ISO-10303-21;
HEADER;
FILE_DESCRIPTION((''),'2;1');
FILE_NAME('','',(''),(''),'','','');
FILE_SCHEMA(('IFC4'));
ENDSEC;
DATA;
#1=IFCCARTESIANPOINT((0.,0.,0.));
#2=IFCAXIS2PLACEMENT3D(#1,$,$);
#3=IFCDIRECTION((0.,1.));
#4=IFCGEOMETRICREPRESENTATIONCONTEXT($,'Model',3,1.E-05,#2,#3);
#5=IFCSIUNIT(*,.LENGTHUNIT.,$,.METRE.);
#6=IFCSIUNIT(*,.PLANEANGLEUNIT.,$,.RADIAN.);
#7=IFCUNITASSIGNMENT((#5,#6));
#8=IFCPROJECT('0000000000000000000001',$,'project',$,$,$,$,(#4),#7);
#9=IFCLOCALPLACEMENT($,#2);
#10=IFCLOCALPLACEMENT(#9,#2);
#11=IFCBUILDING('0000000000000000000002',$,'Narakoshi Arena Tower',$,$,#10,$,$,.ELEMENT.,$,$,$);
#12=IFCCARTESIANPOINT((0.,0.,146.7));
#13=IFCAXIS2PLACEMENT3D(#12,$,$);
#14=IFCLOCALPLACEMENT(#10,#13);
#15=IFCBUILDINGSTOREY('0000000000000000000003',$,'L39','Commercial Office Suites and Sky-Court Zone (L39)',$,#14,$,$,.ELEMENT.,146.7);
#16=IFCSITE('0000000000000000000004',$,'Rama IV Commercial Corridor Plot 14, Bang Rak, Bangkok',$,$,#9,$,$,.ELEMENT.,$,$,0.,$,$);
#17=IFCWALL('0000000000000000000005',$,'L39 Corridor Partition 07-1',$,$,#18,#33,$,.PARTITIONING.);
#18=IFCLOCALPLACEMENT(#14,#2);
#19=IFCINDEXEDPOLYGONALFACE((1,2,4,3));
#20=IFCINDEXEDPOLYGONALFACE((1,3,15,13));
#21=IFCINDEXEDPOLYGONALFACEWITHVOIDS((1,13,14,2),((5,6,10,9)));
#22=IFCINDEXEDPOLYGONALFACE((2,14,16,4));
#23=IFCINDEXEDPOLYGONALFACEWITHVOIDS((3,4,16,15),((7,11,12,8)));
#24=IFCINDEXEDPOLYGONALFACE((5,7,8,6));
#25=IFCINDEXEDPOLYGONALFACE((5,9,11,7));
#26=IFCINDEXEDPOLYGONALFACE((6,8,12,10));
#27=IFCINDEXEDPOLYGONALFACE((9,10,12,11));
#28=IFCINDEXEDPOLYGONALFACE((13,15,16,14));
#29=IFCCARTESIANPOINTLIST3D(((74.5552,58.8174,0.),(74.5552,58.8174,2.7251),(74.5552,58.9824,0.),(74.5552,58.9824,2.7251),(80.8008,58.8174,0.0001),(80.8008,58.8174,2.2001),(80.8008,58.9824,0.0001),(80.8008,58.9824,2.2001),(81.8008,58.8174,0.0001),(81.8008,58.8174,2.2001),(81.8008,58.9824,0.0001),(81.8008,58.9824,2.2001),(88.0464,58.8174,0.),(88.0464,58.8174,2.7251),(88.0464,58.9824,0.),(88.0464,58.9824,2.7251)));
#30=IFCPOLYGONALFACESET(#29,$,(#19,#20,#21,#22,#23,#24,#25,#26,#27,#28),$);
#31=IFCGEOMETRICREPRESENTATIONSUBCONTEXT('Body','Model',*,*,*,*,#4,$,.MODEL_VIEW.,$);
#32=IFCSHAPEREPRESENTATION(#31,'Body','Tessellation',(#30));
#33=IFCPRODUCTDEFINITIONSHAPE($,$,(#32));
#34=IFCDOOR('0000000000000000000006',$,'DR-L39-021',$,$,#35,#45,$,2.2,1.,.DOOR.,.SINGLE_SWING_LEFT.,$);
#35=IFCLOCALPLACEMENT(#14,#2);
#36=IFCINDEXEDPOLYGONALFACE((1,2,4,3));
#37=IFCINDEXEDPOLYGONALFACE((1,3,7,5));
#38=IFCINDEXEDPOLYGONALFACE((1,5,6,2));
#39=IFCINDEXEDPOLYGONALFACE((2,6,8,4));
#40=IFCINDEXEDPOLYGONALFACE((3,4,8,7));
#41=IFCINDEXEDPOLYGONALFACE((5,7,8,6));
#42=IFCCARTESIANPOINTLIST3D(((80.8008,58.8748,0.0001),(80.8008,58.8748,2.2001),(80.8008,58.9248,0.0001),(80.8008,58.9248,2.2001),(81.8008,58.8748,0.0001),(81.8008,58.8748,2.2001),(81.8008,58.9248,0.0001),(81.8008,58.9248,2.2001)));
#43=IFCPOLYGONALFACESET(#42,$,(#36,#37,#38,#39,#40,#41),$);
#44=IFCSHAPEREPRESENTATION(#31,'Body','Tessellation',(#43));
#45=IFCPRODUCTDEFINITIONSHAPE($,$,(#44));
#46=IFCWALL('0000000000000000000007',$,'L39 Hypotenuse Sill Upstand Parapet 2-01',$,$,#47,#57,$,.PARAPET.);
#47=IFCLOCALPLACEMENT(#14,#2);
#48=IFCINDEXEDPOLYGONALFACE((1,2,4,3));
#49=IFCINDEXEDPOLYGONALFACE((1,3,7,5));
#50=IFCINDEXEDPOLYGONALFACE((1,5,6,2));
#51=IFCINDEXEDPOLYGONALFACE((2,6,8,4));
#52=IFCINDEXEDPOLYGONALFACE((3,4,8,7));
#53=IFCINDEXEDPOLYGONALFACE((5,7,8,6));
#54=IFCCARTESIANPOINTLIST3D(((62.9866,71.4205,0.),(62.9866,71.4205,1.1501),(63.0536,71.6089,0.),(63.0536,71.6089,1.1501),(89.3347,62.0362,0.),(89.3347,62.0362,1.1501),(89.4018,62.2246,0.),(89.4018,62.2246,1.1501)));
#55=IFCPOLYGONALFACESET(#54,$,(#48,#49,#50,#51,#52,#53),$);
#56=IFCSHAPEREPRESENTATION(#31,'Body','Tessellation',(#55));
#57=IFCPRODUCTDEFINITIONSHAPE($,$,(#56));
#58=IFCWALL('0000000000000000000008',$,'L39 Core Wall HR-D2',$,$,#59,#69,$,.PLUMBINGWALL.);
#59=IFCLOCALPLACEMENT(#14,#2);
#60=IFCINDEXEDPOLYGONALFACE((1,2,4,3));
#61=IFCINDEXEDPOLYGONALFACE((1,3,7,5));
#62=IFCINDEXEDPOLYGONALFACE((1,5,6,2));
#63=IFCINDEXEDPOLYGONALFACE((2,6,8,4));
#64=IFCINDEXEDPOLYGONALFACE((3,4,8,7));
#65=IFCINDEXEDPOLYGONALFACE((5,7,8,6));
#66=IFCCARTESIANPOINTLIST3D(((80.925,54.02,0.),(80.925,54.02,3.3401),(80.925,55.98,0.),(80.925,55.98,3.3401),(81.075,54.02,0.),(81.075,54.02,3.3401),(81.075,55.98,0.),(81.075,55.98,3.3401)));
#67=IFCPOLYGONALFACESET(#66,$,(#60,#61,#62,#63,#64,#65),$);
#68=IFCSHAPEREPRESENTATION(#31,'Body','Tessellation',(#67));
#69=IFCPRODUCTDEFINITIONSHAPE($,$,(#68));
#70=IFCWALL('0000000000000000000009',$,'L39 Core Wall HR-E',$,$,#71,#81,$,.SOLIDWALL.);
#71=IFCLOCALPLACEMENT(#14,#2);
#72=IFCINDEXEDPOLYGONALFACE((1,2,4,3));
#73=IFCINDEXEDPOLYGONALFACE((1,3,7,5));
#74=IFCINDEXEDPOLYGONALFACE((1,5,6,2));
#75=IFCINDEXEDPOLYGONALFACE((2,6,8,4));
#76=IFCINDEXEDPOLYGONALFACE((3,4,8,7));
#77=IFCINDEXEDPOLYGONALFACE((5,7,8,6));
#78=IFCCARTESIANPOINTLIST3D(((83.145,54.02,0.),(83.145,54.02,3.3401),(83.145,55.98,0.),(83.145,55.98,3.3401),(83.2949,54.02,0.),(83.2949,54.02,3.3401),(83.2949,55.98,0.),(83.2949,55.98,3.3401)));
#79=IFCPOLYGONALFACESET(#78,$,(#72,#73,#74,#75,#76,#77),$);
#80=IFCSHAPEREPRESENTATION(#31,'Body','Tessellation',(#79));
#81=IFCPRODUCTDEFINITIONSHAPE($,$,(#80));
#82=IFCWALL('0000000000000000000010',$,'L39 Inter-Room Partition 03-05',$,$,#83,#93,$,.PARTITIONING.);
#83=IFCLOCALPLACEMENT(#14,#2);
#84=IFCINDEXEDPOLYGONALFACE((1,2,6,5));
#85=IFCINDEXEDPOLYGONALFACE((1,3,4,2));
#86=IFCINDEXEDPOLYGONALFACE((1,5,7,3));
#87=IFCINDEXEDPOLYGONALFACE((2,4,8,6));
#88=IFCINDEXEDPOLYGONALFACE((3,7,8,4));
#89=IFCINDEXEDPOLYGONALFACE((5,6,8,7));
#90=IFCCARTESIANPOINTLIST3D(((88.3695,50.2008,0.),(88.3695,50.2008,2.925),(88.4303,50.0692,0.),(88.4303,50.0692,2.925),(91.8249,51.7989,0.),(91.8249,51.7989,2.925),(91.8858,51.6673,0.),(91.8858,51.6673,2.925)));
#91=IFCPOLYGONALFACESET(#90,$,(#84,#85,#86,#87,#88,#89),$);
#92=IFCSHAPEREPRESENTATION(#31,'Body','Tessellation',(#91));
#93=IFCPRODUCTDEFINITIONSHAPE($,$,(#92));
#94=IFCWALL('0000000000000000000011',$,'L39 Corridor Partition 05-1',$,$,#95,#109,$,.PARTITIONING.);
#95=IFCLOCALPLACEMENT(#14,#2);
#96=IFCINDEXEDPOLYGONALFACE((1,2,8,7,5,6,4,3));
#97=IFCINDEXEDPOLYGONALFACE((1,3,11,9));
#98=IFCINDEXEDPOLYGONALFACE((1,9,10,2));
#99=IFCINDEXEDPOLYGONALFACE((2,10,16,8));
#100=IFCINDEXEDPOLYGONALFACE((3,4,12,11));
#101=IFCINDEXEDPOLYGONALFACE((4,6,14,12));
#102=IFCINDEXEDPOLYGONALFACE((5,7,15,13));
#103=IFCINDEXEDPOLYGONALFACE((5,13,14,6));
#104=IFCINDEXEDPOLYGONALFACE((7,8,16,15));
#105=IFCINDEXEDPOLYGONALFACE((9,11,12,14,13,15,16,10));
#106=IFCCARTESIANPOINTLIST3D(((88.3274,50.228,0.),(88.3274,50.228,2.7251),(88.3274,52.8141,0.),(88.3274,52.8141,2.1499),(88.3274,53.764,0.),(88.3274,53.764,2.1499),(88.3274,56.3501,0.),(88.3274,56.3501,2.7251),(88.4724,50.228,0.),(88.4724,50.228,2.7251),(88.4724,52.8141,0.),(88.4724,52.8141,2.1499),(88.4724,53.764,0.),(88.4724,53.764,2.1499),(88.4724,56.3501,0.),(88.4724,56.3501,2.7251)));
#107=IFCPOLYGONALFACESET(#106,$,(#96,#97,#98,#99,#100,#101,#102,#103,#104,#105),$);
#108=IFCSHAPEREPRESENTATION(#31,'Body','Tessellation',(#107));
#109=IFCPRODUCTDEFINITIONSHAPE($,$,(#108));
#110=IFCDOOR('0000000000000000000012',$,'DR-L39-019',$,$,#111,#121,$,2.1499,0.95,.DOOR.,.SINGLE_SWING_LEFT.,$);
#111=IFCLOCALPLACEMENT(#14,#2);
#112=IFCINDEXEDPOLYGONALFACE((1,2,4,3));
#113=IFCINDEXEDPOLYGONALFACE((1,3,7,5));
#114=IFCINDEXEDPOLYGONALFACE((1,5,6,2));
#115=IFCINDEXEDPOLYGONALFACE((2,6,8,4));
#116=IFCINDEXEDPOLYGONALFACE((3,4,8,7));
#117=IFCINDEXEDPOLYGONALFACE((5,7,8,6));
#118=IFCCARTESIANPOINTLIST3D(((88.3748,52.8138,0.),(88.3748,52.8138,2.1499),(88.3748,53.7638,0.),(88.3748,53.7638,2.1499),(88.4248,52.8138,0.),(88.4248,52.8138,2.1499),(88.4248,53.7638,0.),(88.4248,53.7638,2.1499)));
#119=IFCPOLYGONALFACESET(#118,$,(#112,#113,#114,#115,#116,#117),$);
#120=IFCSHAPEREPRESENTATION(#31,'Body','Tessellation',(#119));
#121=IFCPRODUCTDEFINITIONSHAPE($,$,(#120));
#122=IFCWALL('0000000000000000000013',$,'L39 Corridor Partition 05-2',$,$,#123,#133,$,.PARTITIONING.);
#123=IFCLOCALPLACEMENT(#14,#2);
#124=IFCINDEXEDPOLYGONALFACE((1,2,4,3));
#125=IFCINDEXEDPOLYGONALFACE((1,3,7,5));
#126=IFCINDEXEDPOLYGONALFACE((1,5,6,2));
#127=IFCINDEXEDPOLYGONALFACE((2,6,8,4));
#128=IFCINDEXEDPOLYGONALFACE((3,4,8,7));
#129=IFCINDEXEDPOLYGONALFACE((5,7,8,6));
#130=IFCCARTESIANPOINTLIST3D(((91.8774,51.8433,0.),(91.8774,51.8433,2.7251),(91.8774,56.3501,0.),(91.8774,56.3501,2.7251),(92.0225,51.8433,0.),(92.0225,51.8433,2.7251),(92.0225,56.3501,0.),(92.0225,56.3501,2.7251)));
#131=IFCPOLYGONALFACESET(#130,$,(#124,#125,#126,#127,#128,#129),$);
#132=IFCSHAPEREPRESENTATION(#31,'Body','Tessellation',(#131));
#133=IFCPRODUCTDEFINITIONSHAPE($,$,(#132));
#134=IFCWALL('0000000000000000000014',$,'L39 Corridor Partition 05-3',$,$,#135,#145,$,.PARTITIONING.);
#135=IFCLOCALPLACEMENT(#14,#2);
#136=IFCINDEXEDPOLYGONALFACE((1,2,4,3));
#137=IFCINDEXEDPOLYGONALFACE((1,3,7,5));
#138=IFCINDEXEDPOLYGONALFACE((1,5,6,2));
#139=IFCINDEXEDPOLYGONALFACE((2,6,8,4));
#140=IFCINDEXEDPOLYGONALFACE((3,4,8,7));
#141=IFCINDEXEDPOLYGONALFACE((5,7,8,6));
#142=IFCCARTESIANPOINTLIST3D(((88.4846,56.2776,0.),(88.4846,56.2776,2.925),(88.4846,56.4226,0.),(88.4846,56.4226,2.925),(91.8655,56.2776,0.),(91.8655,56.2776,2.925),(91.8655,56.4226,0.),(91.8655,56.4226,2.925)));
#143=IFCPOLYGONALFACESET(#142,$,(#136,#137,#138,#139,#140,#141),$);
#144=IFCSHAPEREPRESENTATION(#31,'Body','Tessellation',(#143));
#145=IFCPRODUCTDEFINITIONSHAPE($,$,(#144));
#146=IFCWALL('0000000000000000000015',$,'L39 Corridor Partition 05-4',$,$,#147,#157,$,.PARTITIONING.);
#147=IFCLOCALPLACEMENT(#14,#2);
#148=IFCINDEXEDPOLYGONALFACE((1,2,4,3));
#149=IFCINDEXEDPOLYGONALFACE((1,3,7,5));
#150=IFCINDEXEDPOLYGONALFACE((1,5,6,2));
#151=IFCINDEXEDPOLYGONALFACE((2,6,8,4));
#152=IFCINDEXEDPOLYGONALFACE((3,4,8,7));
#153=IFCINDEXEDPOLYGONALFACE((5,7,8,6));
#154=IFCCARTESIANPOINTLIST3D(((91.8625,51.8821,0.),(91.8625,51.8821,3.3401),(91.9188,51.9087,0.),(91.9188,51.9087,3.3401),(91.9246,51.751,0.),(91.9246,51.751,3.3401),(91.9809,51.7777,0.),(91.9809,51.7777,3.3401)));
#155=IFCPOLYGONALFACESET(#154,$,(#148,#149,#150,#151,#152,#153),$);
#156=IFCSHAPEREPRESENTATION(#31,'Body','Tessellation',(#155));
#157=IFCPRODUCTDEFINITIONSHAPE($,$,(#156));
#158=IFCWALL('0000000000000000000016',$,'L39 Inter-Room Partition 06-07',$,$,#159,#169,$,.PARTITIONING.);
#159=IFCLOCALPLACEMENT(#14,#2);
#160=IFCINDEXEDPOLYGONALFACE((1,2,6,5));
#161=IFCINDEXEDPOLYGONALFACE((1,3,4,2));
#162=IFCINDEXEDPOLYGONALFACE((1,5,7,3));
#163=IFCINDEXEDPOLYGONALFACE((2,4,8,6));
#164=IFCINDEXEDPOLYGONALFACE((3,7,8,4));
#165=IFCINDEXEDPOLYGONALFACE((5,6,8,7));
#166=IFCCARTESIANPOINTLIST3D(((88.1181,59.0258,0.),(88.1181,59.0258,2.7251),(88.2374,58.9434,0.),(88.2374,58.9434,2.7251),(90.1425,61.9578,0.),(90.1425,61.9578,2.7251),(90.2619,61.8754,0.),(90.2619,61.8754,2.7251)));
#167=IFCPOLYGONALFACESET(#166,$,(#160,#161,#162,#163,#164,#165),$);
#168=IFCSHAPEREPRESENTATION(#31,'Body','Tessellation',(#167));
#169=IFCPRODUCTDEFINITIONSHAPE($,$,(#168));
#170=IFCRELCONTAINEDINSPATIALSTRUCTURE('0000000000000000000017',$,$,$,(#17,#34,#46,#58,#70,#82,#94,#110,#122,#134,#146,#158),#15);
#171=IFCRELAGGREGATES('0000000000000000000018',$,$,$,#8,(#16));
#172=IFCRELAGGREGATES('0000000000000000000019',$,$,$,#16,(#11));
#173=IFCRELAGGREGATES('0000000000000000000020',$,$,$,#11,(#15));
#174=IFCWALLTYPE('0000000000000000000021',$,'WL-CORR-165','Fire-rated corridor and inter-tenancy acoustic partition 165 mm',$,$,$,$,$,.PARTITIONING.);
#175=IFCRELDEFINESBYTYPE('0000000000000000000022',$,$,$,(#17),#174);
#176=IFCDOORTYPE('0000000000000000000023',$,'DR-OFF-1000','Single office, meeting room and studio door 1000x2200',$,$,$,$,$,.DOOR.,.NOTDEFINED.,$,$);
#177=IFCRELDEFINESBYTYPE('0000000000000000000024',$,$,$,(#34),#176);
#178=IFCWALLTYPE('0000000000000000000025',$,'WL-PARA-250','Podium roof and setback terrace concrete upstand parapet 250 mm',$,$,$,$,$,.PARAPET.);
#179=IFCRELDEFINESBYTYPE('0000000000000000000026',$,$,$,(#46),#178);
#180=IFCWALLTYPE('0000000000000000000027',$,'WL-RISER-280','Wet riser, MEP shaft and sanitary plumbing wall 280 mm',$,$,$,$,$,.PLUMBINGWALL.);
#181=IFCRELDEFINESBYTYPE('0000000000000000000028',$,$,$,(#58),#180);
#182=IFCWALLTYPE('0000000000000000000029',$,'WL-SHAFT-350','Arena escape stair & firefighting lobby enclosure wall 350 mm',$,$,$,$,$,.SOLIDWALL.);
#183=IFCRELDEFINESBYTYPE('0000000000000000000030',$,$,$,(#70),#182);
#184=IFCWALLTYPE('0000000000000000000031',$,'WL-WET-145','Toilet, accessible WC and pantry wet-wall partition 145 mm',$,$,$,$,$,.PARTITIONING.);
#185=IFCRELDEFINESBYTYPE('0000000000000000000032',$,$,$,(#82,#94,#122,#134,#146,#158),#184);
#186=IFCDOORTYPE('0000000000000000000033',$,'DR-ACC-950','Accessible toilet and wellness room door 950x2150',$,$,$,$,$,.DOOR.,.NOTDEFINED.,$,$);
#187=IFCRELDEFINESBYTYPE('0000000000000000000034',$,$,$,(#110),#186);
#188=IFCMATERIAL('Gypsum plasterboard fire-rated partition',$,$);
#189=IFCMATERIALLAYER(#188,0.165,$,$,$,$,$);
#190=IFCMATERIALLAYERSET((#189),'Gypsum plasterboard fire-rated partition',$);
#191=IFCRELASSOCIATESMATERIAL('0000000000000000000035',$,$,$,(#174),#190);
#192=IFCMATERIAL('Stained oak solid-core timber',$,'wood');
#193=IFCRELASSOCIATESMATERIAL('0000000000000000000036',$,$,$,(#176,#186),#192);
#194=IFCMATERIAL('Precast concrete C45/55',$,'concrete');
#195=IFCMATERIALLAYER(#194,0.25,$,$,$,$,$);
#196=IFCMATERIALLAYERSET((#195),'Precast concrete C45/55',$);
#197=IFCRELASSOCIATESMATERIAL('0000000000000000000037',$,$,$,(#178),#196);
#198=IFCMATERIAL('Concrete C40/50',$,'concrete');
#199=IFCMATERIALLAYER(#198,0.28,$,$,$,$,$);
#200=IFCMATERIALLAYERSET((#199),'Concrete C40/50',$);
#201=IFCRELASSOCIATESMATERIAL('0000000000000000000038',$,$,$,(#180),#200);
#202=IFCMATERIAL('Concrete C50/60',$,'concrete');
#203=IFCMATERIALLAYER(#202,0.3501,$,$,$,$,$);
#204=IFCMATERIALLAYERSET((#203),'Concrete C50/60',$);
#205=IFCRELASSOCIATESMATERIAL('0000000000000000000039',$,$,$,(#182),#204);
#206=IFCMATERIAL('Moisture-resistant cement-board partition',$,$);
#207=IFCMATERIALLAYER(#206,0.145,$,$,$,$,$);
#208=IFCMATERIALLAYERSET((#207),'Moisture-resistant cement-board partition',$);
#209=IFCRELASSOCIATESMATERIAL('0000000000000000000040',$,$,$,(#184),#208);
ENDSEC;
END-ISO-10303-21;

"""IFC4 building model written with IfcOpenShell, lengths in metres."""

from ifc_helpers import new_model, si_unit, direction, frame, frame_2d, origin, place, context, subcontext, project, spatial, rectangle, extrude, material, layer, layer_set, type_object, element, fill, save


model = new_model("IFC4")

# Units and contexts
model_context = context("Model", 3, precision=1e-05, world=origin(), true_north=direction((0.0, 1.0)))
body_context = subcontext(model_context, "Body", "Model", "MODEL_VIEW")
ifc_project = project(units=[si_unit("LENGTHUNIT", "METRE"), si_unit("PLANEANGLEUNIT", "RADIAN")], contexts=[model_context])

# Site, building, storey
site_placement = place(None, origin())
site = spatial("IfcSite", under=ifc_project, at=site_placement, Name="Rama IV Commercial Corridor Plot 14, Bang Rak, Bangkok", CompositionType="ELEMENT", RefElevation=0.0)
building_placement = place(site_placement, origin())
building = spatial("IfcBuilding", under=site, at=building_placement, Name="Narakoshi Arena Tower", CompositionType="ELEMENT")
storey_placement = place(building_placement, frame((0.0, 0.0, 146.7)))
storey = spatial("IfcBuildingStorey", under=building, at=storey_placement, Name="L39", Description="Commercial Office Suites and Sky-Court Zone (L39)", CompositionType="ELEMENT", Elevation=146.7)

# Wall, opening, door
ifc_material_1 = material(Name="Gypsum plasterboard fire-rated partition")
ifc_layer_1 = layer(ifc_material_1, 0.165)
ifc_layer_set_1 = layer_set([ifc_layer_1], Name="Gypsum plasterboard fire-rated partition")
wall_type_1 = type_object("IfcWallType", Name="WL-CORR-165", Description="Fire-rated corridor and inter-tenancy acoustic partition 165 mm", PredefinedType="PARTITIONING", material=ifc_layer_set_1)
ifc_material_2 = material(Name="Stained oak solid-core timber", Category="wood")
wall_1_placement = place(storey_placement, frame((88.0464, 58.8999, 0.0), z_axis=(0.0, 0.0, 1.0), x_axis=(-1.0, 0.0, 0.0)))
wall_1 = element("IfcWall", 1, at=wall_1_placement, inside=storey, type_object=wall_type_1, Name="L39 Corridor Partition 07-1", PredefinedType="PARTITIONING", context=body_context, shape_type="SweptSolid", body=[
    extrude(rectangle(XDim=13.4912, YDim=0.165, at=frame_2d((6.7456, 0.0))), origin(), (0.0, 0.0, 1.0), 2.7251),
])
opening_1_placement = place(wall_1_placement, frame((6.2456, 0.0, 0.0)))
opening_1 = element("IfcOpeningElement", 2, at=opening_1_placement, cuts=wall_1, PredefinedType="OPENING", context=body_context, shape_type="SweptSolid", body=[
    extrude(rectangle(XDim=1.0, YDim=2.2, at=frame_2d((0.5, 1.1001))), frame((0.0, 0.0925, 0.0), z_axis=(0.0, -1.0, 0.0), x_axis=(1.0, 0.0, 0.0)), (0.0, 0.0, 1.0), 0.1851),
])
door_type_1 = type_object("IfcDoorType", Name="DR-OFF-1000", Description="Single office, meeting room and studio door 1000x2200", OperationType="NOTDEFINED", PredefinedType="DOOR", material=ifc_material_2)
door_1_placement = place(opening_1_placement, frame((1.0, 0.0, 0.0), z_axis=(0.0, 0.0, 1.0), x_axis=(-1.0, 0.0, 0.0)))
door_1 = element("IfcDoor", 3, at=door_1_placement, inside=storey, type_object=door_type_1, Name="DR-L39-021", OperationType="SINGLE_SWING_LEFT", OverallHeight=2.2, OverallWidth=1.0, PredefinedType="DOOR", context=body_context, shape_type="SweptSolid", body=[
    extrude(rectangle(XDim=1.0, YDim=2.2, at=frame_2d((0.5, 1.1001))), frame((0.0, 0.0249, 0.0), z_axis=(0.0, -1.0, 0.0), x_axis=(1.0, 0.0, 0.0)), (0.0, 0.0, 1.0), 0.05),
])
fill(opening_1, door_1)

# Walls
ifc_material_3 = material(Name="Precast concrete C45/55", Category="concrete")
ifc_layer_2 = layer(ifc_material_3, 0.25)
ifc_layer_set_2 = layer_set([ifc_layer_2], Name="Precast concrete C45/55")
wall_type_2 = type_object("IfcWallType", Name="WL-PARA-250", Description="Podium roof and setback terrace concrete upstand parapet 250 mm", PredefinedType="PARAPET", material=ifc_layer_set_2)
wall_2_placement = place(storey_placement, frame((89.3684, 62.1304, 0.0), z_axis=(0.0, 0.0, 1.0), x_axis=(-0.942033, 0.335519, 0.0)))
element("IfcWall", 4, at=wall_2_placement, inside=storey, type_object=wall_type_2, Name="L39 Hypotenuse Sill Upstand Parapet 2-01", PredefinedType="PARAPET", context=body_context, shape_type="SweptSolid", body=[
    extrude(rectangle(XDim=27.9695, YDim=0.2, at=frame_2d((13.9849, 0.0))), origin(), (0.0, 0.0, 1.0), 1.1501),
])
ifc_material_4 = material(Name="Concrete C40/50", Category="concrete")
ifc_layer_3 = layer(ifc_material_4, 0.28)
ifc_layer_set_3 = layer_set([ifc_layer_3], Name="Concrete C40/50")
wall_type_3 = type_object("IfcWallType", Name="WL-RISER-280", Description="Wet riser, MEP shaft and sanitary plumbing wall 280 mm", PredefinedType="PLUMBINGWALL", material=ifc_layer_set_3)
wall_3_placement = place(storey_placement, frame((81.0, 54.02, 0.0), z_axis=(0.0, 0.0, 1.0), x_axis=(0.0, 1.0, 0.0)))
element("IfcWall", 5, at=wall_3_placement, inside=storey, type_object=wall_type_3, Name="L39 Core Wall HR-D2", PredefinedType="PLUMBINGWALL", context=body_context, shape_type="SweptSolid", body=[
    extrude(rectangle(XDim=1.96, YDim=0.1499, at=frame_2d((0.98, 0.0))), origin(), (0.0, 0.0, 1.0), 3.3401),
])
ifc_material_5 = material(Name="Concrete C50/60", Category="concrete")
ifc_layer_4 = layer(ifc_material_5, 0.3501)
ifc_layer_set_4 = layer_set([ifc_layer_4], Name="Concrete C50/60")
wall_type_4 = type_object("IfcWallType", Name="WL-SHAFT-350", Description="Arena escape stair & firefighting lobby enclosure wall 350 mm", PredefinedType="SOLIDWALL", material=ifc_layer_set_4)
wall_4_placement = place(storey_placement, frame((83.22, 54.02, 0.0), z_axis=(0.0, 0.0, 1.0), x_axis=(0.0, 1.0, 0.0)))
element("IfcWall", 6, at=wall_4_placement, inside=storey, type_object=wall_type_4, Name="L39 Core Wall HR-E", PredefinedType="SOLIDWALL", context=body_context, shape_type="SweptSolid", body=[
    extrude(rectangle(XDim=1.96, YDim=0.1499, at=frame_2d((0.98, 0.0))), origin(), (0.0, 0.0, 1.0), 3.3401),
])
ifc_material_6 = material(Name="Moisture-resistant cement-board partition")
ifc_layer_5 = layer(ifc_material_6, 0.145)
ifc_layer_set_5 = layer_set([ifc_layer_5], Name="Moisture-resistant cement-board partition")
wall_type_5 = type_object("IfcWallType", Name="WL-WET-145", Description="Toilet, accessible WC and pantry wet-wall partition 145 mm", PredefinedType="PARTITIONING", material=ifc_layer_set_5)
wall_5_placement = place(storey_placement, frame((88.3999, 50.135, 0.0), z_axis=(0.0, 0.0, 1.0), x_axis=(0.907633, 0.419766, 0.0)))
element("IfcWall", 7, at=wall_5_placement, inside=storey, type_object=wall_type_5, Name="L39 Inter-Room Partition 03-05", PredefinedType="PARTITIONING", context=body_context, shape_type="SweptSolid", body=[
    extrude(rectangle(XDim=3.8071, YDim=0.145, at=frame_2d((1.9036, 0.0))), origin(), (0.0, 0.0, 1.0), 2.925),
])

# Wall, opening, door
wall_6_placement = place(storey_placement, frame((88.3999, 50.228, 0.0), z_axis=(0.0, 0.0, 1.0), x_axis=(0.0, 1.0, 0.0)))
wall_6 = element("IfcWall", 8, at=wall_6_placement, inside=storey, type_object=wall_type_5, Name="L39 Corridor Partition 05-1", PredefinedType="PARTITIONING", context=body_context, shape_type="SweptSolid", body=[
    extrude(rectangle(XDim=6.1221, YDim=0.145, at=frame_2d((3.061, 0.0))), origin(), (0.0, 0.0, 1.0), 2.7251),
])
opening_2_placement = place(wall_6_placement, frame((2.5859, 0.0, 0.0)))
opening_2 = element("IfcOpeningElement", 9, at=opening_2_placement, cuts=wall_6, PredefinedType="OPENING", context=body_context, shape_type="SweptSolid", body=[
    extrude(rectangle(XDim=0.95, YDim=2.1499, at=frame_2d((0.4751, 1.075))), frame((0.0, 0.0825, 0.0), z_axis=(0.0, -1.0, 0.0), x_axis=(1.0, 0.0, 0.0)), (0.0, 0.0, 1.0), 0.165),
])
door_type_2 = type_object("IfcDoorType", Name="DR-ACC-950", Description="Accessible toilet and wellness room door 950x2150", OperationType="NOTDEFINED", PredefinedType="DOOR", material=ifc_material_2)
door_2_placement = place(opening_2_placement, frame((0.95, 0.0, 0.0), z_axis=(0.0, 0.0, 1.0), x_axis=(-1.0, 0.0, 0.0)))
door_2 = element("IfcDoor", 10, at=door_2_placement, inside=storey, type_object=door_type_2, Name="DR-L39-019", OperationType="SINGLE_SWING_LEFT", OverallHeight=2.1499, OverallWidth=0.95, PredefinedType="DOOR", context=body_context, shape_type="SweptSolid", body=[
    extrude(rectangle(XDim=0.95, YDim=2.1499, at=frame_2d((0.4751, 1.075))), frame((0.0, 0.0249, 0.0), z_axis=(0.0, -1.0, 0.0), x_axis=(1.0, 0.0, 0.0)), (0.0, 0.0, 1.0), 0.05),
])
fill(opening_2, door_2)

# Walls
wall_7_placement = place(storey_placement, frame((91.95, 56.3501, 0.0), z_axis=(0.0, 0.0, 1.0), x_axis=(0.0, -1.0, 0.0)))
element("IfcWall", 11, at=wall_7_placement, inside=storey, type_object=wall_type_5, Name="L39 Corridor Partition 05-2", PredefinedType="PARTITIONING", context=body_context, shape_type="SweptSolid", body=[
    extrude(rectangle(XDim=4.5068, YDim=0.145, at=frame_2d((2.2534, 0.0))), origin(), (0.0, 0.0, 1.0), 2.7251),
])
wall_8_placement = place(storey_placement, frame((88.4846, 56.3501, 0.0), z_axis=(0.0, 0.0, 1.0), x_axis=(1.0, 0.0, 0.0)))
element("IfcWall", 12, at=wall_8_placement, inside=storey, type_object=wall_type_5, Name="L39 Corridor Partition 05-3", PredefinedType="PARTITIONING", context=body_context, shape_type="SweptSolid", body=[
    extrude(rectangle(XDim=3.3809, YDim=0.145, at=frame_2d((1.6904, 0.0))), origin(), (0.0, 0.0, 1.0), 2.925),
])
wall_9_placement = place(storey_placement, frame((91.95, 51.8433, 0.0), z_axis=(0.0, 0.0, 1.0), x_axis=(-0.903658, -0.428255, 0.0)))
element("IfcWall", 13, at=wall_9_placement, inside=storey, type_object=wall_type_5, Name="L39 Corridor Partition 05-4", PredefinedType="PARTITIONING", context=body_context, shape_type="SweptSolid", body=[
    extrude(rectangle(XDim=0.0623, YDim=0.145, at=frame_2d((0.0312, 0.0))), origin(), (0.0, 0.0, 1.0), 3.3401),
])
wall_10_placement = place(storey_placement, frame((88.1777, 58.9846, 0.0), z_axis=(0.0, 0.0, 1.0), x_axis=(0.568194, 0.822895, 0.0)))
element("IfcWall", 14, at=wall_10_placement, inside=storey, type_object=wall_type_5, Name="L39 Inter-Room Partition 06-07", PredefinedType="PARTITIONING", context=body_context, shape_type="SweptSolid", body=[
    extrude(rectangle(XDim=3.563, YDim=0.145, at=frame_2d((1.7815, 0.0))), origin(), (0.0, 0.0, 1.0), 2.7251),
])

save(model, "model.ifc")
